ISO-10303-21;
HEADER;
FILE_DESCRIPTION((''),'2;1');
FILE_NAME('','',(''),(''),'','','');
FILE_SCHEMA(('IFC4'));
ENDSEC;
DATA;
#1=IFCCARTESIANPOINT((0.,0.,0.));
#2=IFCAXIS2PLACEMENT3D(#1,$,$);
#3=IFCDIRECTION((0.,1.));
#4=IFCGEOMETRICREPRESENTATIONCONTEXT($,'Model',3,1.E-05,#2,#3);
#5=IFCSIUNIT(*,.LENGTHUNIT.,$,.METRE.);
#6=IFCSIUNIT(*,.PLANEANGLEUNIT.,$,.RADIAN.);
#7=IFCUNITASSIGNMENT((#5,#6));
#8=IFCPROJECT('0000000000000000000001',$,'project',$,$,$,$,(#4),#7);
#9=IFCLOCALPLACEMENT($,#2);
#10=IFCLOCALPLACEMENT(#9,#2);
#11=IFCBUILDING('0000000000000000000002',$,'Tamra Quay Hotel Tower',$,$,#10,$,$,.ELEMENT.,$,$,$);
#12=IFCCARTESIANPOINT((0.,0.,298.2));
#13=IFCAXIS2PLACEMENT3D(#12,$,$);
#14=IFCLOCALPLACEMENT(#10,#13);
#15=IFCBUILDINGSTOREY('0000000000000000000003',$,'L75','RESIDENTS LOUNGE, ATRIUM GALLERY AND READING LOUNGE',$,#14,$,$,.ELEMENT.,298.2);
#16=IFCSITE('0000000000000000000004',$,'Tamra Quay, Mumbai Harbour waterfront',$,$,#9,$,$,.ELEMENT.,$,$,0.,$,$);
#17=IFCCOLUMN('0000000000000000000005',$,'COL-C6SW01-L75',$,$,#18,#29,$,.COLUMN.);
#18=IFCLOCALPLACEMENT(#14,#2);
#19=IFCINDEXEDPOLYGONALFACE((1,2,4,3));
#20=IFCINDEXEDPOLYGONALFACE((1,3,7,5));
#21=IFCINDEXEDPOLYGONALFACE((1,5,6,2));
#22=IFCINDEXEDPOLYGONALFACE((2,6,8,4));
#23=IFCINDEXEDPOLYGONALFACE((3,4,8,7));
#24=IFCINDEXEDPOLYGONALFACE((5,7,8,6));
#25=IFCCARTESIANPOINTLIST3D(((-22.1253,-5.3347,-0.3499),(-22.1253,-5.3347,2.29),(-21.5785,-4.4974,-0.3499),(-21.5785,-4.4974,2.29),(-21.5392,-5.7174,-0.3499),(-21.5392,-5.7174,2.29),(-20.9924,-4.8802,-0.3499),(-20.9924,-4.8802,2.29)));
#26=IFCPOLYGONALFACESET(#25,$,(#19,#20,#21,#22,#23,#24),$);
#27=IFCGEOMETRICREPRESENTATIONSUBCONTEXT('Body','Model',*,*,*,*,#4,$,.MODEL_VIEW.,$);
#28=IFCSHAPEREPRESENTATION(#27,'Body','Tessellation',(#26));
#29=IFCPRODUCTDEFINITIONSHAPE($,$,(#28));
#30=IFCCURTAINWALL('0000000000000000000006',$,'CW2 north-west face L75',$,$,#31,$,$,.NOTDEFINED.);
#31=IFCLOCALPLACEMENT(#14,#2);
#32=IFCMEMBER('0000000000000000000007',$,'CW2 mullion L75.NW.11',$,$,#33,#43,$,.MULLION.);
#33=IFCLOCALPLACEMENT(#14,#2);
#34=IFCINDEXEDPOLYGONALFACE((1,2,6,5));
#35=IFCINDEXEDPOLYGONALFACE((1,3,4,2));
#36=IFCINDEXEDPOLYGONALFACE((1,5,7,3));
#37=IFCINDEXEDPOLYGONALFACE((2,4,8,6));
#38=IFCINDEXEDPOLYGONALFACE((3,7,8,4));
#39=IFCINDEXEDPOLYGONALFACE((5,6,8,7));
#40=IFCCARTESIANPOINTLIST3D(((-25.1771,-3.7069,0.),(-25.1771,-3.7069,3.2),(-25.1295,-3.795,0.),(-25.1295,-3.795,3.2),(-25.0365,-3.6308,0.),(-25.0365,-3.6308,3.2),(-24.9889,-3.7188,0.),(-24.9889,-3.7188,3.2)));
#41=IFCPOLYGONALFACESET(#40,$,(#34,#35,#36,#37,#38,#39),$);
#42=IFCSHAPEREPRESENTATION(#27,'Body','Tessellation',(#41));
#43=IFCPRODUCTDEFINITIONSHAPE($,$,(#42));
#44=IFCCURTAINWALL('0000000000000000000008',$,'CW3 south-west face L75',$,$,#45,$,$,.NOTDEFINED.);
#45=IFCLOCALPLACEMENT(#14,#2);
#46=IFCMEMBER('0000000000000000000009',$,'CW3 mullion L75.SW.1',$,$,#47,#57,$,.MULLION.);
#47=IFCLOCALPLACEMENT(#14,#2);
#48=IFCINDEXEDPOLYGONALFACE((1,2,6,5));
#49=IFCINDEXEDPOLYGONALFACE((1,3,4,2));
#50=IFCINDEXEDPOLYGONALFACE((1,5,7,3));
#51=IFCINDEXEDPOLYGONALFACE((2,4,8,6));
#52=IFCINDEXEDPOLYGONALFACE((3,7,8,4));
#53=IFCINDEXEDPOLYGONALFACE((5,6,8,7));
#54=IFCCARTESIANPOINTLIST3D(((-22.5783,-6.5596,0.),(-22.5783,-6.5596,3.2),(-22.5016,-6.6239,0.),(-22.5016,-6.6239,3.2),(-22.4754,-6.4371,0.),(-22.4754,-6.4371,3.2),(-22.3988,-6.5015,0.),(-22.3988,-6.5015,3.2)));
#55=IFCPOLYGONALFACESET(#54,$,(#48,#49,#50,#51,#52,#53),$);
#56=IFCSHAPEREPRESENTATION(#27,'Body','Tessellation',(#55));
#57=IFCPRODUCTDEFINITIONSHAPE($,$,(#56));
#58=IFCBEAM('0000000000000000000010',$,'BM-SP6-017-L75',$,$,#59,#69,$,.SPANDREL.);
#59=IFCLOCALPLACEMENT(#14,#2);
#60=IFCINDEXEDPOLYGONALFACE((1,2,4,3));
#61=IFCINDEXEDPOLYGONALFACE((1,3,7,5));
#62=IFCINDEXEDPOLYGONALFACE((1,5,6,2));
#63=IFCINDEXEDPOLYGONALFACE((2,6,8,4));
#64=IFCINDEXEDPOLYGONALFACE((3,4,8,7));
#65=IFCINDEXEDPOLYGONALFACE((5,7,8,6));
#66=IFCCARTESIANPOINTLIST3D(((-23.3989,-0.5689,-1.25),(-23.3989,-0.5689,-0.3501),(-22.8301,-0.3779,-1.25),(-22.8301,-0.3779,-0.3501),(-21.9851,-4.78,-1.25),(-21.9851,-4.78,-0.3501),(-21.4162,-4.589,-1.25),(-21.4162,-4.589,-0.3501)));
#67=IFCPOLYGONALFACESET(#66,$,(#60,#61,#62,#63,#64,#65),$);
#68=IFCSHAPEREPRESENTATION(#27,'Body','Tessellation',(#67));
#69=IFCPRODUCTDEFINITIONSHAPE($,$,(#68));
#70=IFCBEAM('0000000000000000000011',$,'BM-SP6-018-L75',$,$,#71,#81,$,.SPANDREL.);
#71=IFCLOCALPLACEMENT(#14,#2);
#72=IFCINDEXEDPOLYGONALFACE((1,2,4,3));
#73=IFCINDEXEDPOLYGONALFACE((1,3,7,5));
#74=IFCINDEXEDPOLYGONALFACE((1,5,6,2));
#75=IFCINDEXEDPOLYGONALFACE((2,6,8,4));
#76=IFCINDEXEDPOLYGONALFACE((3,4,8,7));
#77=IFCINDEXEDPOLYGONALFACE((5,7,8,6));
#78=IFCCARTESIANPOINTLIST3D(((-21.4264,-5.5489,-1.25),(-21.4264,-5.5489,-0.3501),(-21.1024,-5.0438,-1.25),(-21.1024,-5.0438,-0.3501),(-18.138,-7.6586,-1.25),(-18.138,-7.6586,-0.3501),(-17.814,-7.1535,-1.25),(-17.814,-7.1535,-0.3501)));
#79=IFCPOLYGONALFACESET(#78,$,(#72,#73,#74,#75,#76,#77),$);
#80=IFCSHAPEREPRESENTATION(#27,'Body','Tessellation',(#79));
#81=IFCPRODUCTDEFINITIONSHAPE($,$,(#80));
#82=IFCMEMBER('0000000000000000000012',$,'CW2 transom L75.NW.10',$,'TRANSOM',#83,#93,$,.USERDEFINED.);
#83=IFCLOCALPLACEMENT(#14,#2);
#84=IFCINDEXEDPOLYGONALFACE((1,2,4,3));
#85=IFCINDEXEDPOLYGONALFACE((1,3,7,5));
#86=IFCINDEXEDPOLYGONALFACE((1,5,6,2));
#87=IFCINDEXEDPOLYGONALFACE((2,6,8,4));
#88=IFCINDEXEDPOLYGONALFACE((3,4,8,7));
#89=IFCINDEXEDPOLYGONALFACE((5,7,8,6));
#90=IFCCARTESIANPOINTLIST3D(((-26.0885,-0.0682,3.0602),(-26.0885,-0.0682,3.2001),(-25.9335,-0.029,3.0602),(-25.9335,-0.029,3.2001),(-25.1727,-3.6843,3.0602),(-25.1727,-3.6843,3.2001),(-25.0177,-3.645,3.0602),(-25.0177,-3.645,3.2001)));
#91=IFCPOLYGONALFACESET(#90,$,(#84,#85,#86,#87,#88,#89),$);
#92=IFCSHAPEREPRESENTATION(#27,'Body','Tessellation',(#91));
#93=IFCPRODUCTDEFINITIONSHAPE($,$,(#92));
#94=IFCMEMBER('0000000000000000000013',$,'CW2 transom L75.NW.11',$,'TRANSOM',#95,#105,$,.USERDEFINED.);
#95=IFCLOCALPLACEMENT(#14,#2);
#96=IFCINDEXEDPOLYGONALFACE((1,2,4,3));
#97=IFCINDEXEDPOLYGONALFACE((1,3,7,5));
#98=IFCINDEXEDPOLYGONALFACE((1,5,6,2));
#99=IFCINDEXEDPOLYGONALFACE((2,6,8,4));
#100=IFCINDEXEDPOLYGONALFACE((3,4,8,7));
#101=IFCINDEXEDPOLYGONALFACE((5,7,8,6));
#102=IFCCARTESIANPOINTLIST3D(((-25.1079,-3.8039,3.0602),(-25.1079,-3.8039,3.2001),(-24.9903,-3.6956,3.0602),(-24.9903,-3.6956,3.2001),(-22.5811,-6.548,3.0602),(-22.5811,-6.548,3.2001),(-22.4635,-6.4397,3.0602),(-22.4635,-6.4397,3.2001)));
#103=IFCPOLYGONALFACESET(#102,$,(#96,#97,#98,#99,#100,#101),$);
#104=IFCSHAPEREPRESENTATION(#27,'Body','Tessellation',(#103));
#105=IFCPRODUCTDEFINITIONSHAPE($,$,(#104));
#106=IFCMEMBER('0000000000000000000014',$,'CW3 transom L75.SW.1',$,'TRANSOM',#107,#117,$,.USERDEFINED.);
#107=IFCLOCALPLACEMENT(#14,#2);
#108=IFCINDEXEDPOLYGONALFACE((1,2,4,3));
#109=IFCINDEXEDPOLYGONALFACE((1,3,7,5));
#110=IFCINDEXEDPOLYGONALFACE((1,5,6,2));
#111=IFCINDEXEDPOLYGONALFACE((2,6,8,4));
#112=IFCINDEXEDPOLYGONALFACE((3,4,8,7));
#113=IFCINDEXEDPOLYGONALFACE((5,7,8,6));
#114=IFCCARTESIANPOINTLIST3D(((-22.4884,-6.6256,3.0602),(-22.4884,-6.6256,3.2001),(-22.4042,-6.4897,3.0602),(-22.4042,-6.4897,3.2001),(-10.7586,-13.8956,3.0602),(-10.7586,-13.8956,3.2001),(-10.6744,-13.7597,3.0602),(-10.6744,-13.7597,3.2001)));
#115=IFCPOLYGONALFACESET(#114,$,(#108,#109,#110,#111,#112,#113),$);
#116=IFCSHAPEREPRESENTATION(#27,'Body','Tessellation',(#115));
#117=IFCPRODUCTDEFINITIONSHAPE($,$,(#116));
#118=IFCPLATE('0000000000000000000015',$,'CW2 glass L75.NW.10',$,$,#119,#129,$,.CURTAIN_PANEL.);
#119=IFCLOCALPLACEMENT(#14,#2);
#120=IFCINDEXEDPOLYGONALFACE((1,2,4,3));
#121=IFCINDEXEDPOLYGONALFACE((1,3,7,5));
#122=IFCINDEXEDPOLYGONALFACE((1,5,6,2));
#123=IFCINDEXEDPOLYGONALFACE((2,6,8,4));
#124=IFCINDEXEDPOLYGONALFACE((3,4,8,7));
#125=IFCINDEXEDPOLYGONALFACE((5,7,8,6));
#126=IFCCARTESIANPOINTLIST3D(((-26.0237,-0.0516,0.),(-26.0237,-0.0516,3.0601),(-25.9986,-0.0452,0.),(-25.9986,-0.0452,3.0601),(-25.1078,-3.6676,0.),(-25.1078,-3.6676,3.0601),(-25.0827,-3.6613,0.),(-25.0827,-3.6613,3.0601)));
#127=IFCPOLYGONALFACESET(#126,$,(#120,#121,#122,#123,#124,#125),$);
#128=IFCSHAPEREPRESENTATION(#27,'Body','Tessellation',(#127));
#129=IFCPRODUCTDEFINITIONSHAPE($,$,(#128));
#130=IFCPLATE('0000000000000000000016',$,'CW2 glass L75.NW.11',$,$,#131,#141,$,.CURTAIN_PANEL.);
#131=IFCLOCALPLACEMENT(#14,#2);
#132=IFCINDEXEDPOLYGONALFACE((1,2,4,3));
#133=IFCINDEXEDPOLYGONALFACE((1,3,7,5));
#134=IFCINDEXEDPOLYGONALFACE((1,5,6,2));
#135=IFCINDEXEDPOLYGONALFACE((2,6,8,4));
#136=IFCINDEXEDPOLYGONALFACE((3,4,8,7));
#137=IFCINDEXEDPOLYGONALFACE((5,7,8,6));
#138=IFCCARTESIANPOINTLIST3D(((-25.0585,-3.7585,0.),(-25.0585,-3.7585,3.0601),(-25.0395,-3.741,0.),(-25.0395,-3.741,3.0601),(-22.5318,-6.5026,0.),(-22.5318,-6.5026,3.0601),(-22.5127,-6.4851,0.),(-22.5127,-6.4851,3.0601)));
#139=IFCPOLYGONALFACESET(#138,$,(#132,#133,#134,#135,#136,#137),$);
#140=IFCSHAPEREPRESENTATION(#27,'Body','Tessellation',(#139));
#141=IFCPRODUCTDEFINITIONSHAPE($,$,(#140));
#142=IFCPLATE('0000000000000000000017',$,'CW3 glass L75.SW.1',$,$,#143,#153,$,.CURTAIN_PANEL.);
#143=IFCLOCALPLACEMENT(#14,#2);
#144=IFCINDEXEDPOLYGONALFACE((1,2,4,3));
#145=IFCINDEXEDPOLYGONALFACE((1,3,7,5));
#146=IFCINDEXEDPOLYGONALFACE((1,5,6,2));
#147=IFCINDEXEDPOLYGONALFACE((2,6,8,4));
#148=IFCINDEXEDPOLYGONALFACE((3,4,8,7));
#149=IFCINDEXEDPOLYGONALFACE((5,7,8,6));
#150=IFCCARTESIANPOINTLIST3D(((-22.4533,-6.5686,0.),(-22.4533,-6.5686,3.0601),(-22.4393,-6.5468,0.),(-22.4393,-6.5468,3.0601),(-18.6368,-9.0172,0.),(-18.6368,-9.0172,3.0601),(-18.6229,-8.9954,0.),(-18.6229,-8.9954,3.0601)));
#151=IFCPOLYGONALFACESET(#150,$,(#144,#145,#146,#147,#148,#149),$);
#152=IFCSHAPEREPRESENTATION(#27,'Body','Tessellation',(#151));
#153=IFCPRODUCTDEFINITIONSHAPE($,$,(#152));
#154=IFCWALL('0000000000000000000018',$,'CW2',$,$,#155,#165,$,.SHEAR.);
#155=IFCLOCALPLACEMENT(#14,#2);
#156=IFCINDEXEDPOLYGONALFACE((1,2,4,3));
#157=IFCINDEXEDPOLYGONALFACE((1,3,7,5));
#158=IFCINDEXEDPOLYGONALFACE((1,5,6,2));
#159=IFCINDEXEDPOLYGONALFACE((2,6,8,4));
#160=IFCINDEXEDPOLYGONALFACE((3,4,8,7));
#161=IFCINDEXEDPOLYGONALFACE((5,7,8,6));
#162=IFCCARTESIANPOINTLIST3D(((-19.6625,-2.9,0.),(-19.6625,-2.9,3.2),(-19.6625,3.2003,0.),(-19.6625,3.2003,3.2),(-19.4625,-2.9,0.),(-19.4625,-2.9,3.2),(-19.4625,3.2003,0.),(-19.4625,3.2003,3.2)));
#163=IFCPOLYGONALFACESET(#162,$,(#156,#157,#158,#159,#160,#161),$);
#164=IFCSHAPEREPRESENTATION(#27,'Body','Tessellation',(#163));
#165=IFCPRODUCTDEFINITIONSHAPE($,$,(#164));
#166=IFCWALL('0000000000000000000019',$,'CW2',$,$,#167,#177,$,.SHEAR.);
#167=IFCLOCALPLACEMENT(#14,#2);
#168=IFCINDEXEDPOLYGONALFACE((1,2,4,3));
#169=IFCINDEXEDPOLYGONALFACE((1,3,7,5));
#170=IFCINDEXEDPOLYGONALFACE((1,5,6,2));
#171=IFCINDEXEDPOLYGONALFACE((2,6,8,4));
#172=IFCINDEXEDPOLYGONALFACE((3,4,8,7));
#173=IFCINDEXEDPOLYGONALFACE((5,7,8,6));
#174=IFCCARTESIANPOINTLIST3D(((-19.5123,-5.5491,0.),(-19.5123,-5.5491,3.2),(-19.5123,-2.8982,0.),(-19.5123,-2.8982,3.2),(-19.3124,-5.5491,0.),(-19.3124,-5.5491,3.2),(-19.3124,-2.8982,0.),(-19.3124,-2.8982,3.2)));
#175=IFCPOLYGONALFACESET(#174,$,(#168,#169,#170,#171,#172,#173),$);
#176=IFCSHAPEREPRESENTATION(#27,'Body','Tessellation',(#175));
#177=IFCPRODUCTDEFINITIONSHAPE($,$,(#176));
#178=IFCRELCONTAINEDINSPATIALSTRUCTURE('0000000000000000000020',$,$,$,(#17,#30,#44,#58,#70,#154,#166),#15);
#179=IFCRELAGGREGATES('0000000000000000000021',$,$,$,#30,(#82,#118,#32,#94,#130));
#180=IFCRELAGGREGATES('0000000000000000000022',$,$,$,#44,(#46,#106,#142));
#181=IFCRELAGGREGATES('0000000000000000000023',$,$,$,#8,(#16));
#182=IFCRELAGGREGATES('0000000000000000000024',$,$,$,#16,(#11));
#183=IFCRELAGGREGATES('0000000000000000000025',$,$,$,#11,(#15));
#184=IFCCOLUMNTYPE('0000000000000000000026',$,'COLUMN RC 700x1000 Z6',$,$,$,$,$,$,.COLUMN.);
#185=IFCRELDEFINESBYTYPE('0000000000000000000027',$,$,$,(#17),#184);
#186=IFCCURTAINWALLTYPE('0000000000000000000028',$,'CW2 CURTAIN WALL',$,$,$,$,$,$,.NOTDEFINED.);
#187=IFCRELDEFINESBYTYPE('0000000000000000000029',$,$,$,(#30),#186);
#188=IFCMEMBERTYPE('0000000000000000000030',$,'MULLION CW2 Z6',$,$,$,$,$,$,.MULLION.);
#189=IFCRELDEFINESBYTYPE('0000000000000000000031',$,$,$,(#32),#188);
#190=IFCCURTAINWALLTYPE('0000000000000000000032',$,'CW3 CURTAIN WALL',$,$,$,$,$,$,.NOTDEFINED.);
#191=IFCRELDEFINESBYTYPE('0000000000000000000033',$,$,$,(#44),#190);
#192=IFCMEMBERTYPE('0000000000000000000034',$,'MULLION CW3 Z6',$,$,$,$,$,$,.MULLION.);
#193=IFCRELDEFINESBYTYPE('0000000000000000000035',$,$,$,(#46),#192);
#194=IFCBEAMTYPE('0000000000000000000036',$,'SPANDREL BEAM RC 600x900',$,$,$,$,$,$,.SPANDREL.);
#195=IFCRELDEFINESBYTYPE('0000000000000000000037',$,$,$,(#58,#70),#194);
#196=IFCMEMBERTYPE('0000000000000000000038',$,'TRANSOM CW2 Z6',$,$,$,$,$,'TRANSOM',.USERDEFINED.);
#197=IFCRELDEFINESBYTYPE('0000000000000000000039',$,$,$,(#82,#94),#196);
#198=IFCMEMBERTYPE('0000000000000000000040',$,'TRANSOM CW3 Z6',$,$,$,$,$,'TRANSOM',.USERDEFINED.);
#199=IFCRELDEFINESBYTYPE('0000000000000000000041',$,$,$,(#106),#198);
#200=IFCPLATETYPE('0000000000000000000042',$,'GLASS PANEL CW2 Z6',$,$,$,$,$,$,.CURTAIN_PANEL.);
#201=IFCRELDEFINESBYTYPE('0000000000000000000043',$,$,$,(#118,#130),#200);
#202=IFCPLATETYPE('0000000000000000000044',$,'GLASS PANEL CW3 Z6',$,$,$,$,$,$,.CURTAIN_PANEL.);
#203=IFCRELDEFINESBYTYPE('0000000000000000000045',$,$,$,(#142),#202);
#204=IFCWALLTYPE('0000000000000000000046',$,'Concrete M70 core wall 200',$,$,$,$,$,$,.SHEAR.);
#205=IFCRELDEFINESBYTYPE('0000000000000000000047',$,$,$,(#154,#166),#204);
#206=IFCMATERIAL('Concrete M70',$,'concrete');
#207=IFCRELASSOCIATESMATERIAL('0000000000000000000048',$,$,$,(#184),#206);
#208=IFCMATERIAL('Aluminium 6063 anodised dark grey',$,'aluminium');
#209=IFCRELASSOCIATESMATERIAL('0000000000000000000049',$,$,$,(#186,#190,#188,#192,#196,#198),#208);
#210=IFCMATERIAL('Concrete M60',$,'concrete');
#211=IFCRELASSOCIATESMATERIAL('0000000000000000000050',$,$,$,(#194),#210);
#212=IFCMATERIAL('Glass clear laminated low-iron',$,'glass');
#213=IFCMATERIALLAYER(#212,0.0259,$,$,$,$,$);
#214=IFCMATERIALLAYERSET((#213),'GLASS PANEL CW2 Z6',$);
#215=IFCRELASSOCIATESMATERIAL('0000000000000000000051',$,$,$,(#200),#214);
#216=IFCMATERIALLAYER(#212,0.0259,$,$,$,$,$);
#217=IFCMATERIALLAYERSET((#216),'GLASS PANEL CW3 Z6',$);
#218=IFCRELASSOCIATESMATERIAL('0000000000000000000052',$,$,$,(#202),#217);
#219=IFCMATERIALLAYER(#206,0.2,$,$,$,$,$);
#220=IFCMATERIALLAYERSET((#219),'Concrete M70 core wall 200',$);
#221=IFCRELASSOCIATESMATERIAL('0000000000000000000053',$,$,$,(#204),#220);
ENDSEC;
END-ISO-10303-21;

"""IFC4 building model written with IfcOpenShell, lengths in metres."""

from ifc_helpers import new_model, si_unit, direction, frame, frame_2d, origin, origin_2d, place, context, subcontext, project, spatial, rectangle, extrude, material, layer, layer_set, material_profile, profile_set, type_object, element, aggregate, save


model = new_model("IFC4")

# Units and contexts
model_context = context("Model", 3, precision=1e-05, world=origin(), true_north=direction((0.0, 1.0)))
body_context = subcontext(model_context, "Body", "Model", "MODEL_VIEW")
ifc_project = project(units=[si_unit("LENGTHUNIT", "METRE"), si_unit("PLANEANGLEUNIT", "RADIAN")], contexts=[model_context])

# Site, building, storey
site_placement = place(None, origin())
site = spatial("IfcSite", under=ifc_project, at=site_placement, Name="Tamra Quay, Mumbai Harbour waterfront", CompositionType="ELEMENT", RefElevation=0.0)
building_placement = place(site_placement, origin())
building = spatial("IfcBuilding", under=site, at=building_placement, Name="Tamra Quay Hotel Tower", CompositionType="ELEMENT")
storey_placement = place(building_placement, frame((0.0, 0.0, 298.2)))
storey = spatial("IfcBuildingStorey", under=building, at=storey_placement, Name="L75", Description="RESIDENTS LOUNGE, ATRIUM GALLERY AND READING LOUNGE", CompositionType="ELEMENT", Elevation=298.2)

# Column
ifc_material_1 = material(Name="Concrete M70", Category="concrete")
ifc_material_profile_1 = material_profile(ifc_material_1, rectangle(XDim=1.0, YDim=0.7, at=origin_2d()), Name="COLUMN RC 700x1000 Z6")
ifc_profile_set_1 = profile_set([ifc_material_profile_1], Name="Concrete M70")
column_type = type_object("IfcColumnType", Name="COLUMN RC 700x1000 Z6", PredefinedType="COLUMN", material=ifc_profile_set_1)
column_placement = place(storey_placement, frame((-21.5588, -5.1074, -0.3499), z_axis=(0.0, 0.0, 1.0), x_axis=(0.546805, 0.83726, 0.0)))
element("IfcColumn", 1, at=column_placement, inside=storey, type_object=column_type, Name="COL-C6SW01-L75", PredefinedType="COLUMN", context=body_context, shape_type="SweptSolid", body=[
    extrude(rectangle(XDim=1.0, YDim=0.7, at=origin_2d()), origin(), (0.0, 0.0, 1.0), 2.6399),
])

# Curtain walls, members
ifc_material_2 = material(Name="Aluminium 6063 anodised dark grey", Category="aluminium")
curtain_wall_type_1 = type_object("IfcCurtainWallType", Name="CW2 CURTAIN WALL", PredefinedType="NOTDEFINED", material=ifc_material_2)
curtain_wall_1_placement = place(storey_placement, origin())
curtain_wall_1 = element("IfcCurtainWall", 2, at=curtain_wall_1_placement, inside=storey, type_object=curtain_wall_type_1, Name="CW2 north-west face L75", PredefinedType="NOTDEFINED")
ifc_material_profile_2 = material_profile(ifc_material_2, rectangle(XDim=0.1599, YDim=0.1001, at=origin_2d()), Name="MULLION 100X160")
ifc_profile_set_2 = profile_set([ifc_material_profile_2], Name="Aluminium 6063 anodised dark grey")
member_type_1 = type_object("IfcMemberType", Name="MULLION CW2 Z6", PredefinedType="MULLION", material=ifc_profile_set_2)
member_1_placement = place(storey_placement, frame((-25.083, -3.7129, 0.0), z_axis=(0.0, 0.0, 1.0), x_axis=(-0.879433, -0.476023, 0.0)))
member_1 = element("IfcMember", 3, at=member_1_placement, type_object=member_type_1, Name="CW2 mullion L75.NW.11", PredefinedType="MULLION", context=body_context, shape_type="SweptSolid", body=[
    extrude(rectangle(XDim=0.1599, YDim=0.1001, at=origin_2d()), origin(), (0.0, 0.0, 1.0), 3.2),
])
curtain_wall_type_2 = type_object("IfcCurtainWallType", Name="CW3 CURTAIN WALL", PredefinedType="NOTDEFINED", material=ifc_material_2)
curtain_wall_2_placement = place(storey_placement, origin())
curtain_wall_2 = element("IfcCurtainWall", 4, at=curtain_wall_2_placement, inside=storey, type_object=curtain_wall_type_2, Name="CW3 south-west face L75", PredefinedType="NOTDEFINED")
ifc_material_profile_3 = material_profile(ifc_material_2, rectangle(XDim=0.1599, YDim=0.1001, at=origin_2d()), Name="MULLION 100X160")
ifc_profile_set_3 = profile_set([ifc_material_profile_3], Name="Aluminium 6063 anodised dark grey")
member_type_2 = type_object("IfcMemberType", Name="MULLION CW3 Z6", PredefinedType="MULLION", material=ifc_profile_set_3)
member_2_placement = place(storey_placement, frame((-22.4885, -6.5305, 0.0), z_axis=(0.0, 0.0, 1.0), x_axis=(-0.643086, -0.765794, 0.0)))
member_2 = element("IfcMember", 5, at=member_2_placement, type_object=member_type_2, Name="CW3 mullion L75.SW.1", PredefinedType="MULLION", context=body_context, shape_type="SweptSolid", body=[
    extrude(rectangle(XDim=0.1599, YDim=0.1001, at=origin_2d()), origin(), (0.0, 0.0, 1.0), 3.2),
])

# Beams
ifc_material_3 = material(Name="Concrete M60", Category="concrete")
ifc_material_profile_4 = material_profile(ifc_material_3, rectangle(XDim=0.6001, YDim=0.8999, at=origin_2d()), Name="SPANDREL BEAM RC 600x900")
ifc_profile_set_4 = profile_set([ifc_material_profile_4], Name="Concrete M60")
beam_type = type_object("IfcBeamType", Name="SPANDREL BEAM RC 600x900", PredefinedType="SPANDREL", material=ifc_profile_set_4)
beam_1_placement = place(storey_placement, frame((-23.1145, -0.4734, -0.8), z_axis=(0.318272, -0.948, 0.0), x_axis=(0.948, 0.318272, 0.0)))
element("IfcBeam", 6, at=beam_1_placement, inside=storey, type_object=beam_type, Name="BM-SP6-017-L75", PredefinedType="SPANDREL", context=body_context, shape_type="SweptSolid", body=[
    extrude(rectangle(XDim=0.6001, YDim=0.8999, at=origin_2d()), origin(), (0.0, 0.0, 1.0), 4.4421),
])
beam_2_placement = place(storey_placement, frame((-21.2644, -5.2964, -0.8), z_axis=(0.84168, -0.539977, 0.0), x_axis=(0.539977, 0.84168, 0.0)))
element("IfcBeam", 7, at=beam_2_placement, inside=storey, type_object=beam_type, Name="BM-SP6-018-L75", PredefinedType="SPANDREL", context=body_context, shape_type="SweptSolid", body=[
    extrude(rectangle(XDim=0.6001, YDim=0.8999, at=origin_2d()), origin(), (0.0, 0.0, 1.0), 3.907),
])

# Members
ifc_material_profile_5 = material_profile(ifc_material_2, rectangle(XDim=0.1599, YDim=0.1399, at=origin_2d()), Name="TRANSOM 160X140")
ifc_profile_set_5 = profile_set([ifc_material_profile_5], Name="Aluminium 6063 anodised dark grey")
member_type_3 = type_object("IfcMemberType", Name="TRANSOM CW2 Z6", ElementType="TRANSOM", PredefinedType="USERDEFINED", material=ifc_profile_set_5)
member_3_placement = place(storey_placement, frame((-26.011, -0.0486, 3.1301), z_axis=(0.245507, -0.969395, 0.0), x_axis=(0.969395, 0.245507, 0.0)))
member_3 = element("IfcMember", 8, at=member_3_placement, type_object=member_type_3, Name="CW2 transom L75.NW.10", ObjectType="TRANSOM", PredefinedType="USERDEFINED", context=body_context, shape_type="SweptSolid", body=[
    extrude(rectangle(XDim=0.1599, YDim=0.1399, at=origin_2d()), origin(), (0.0, 0.0, 1.0), 3.7302),
])
member_4_placement = place(storey_placement, frame((-25.0491, -3.7498, 3.1301), z_axis=(0.677383, -0.735631, 0.0), x_axis=(0.735631, 0.677383, 0.0)))
member_4 = element("IfcMember", 9, at=member_4_placement, type_object=member_type_3, Name="CW2 transom L75.NW.11", ObjectType="TRANSOM", PredefinedType="USERDEFINED", context=body_context, shape_type="SweptSolid", body=[
    extrude(rectangle(XDim=0.1599, YDim=0.1399, at=origin_2d()), origin(), (0.0, 0.0, 1.0), 3.7302),
])
ifc_material_profile_6 = material_profile(ifc_material_2, rectangle(XDim=0.1599, YDim=0.1399, at=origin_2d()), Name="TRANSOM 160X140")
ifc_profile_set_6 = profile_set([ifc_material_profile_6], Name="Aluminium 6063 anodised dark grey")
member_type_4 = type_object("IfcMemberType", Name="TRANSOM CW3 Z6", ElementType="TRANSOM", PredefinedType="USERDEFINED", material=ifc_profile_set_6)
member_5_placement = place(storey_placement, frame((-22.4463, -6.5576, 3.1301), z_axis=(0.849981, -0.526813, 0.0), x_axis=(0.526813, 0.849981, 0.0)))
member_5 = element("IfcMember", 10, at=member_5_placement, type_object=member_type_4, Name="CW3 transom L75.SW.1", ObjectType="TRANSOM", PredefinedType="USERDEFINED", context=body_context, shape_type="SweptSolid", body=[
    extrude(rectangle(XDim=0.1599, YDim=0.1399, at=origin_2d()), origin(), (0.0, 0.0, 1.0), 13.8),
])

# Plates
ifc_material_4 = material(Name="Glass clear laminated low-iron", Category="glass")
ifc_layer_1 = layer(ifc_material_4, 0.0259)
ifc_layer_set_1 = layer_set([ifc_layer_1], Name="GLASS PANEL CW2 Z6")
plate_type_1 = type_object("IfcPlateType", Name="GLASS PANEL CW2 Z6", PredefinedType="CURTAIN_PANEL", material=ifc_layer_set_1)
plate_1_placement = place(storey_placement, frame((-25.5532, -1.8564, 0.0), z_axis=(0.0, 0.0, 1.0), x_axis=(0.245527, -0.96939, 0.0)))
plate_1 = element("IfcPlate", 11, at=plate_1_placement, type_object=plate_type_1, Name="CW2 glass L75.NW.10", PredefinedType="CURTAIN_PANEL", context=body_context, shape_type="SweptSolid", body=[
    extrude(rectangle(XDim=3.7302, YDim=0.0259, at=origin_2d()), origin(), (0.0, 0.0, 1.0), 3.0601),
])
plate_2_placement = place(storey_placement, frame((-23.7856, -5.1218, 0.0), z_axis=(0.0, 0.0, 1.0), x_axis=(0.677376, -0.735637, 0.0)))
plate_2 = element("IfcPlate", 12, at=plate_2_placement, type_object=plate_type_1, Name="CW2 glass L75.NW.11", PredefinedType="CURTAIN_PANEL", context=body_context, shape_type="SweptSolid", body=[
    extrude(rectangle(XDim=3.7302, YDim=0.0259, at=origin_2d()), origin(), (0.0, 0.0, 1.0), 3.0601),
])
aggregate(curtain_wall_1, [member_3, plate_1, member_1, member_4, plate_2])
ifc_layer_2 = layer(ifc_material_4, 0.0259)
ifc_layer_set_2 = layer_set([ifc_layer_2], Name="GLASS PANEL CW3 Z6")
plate_type_2 = type_object("IfcPlateType", Name="GLASS PANEL CW3 Z6", PredefinedType="CURTAIN_PANEL", material=ifc_layer_set_2)
plate_3_placement = place(storey_placement, frame((-20.5381, -7.782, 0.0), z_axis=(0.0, 0.0, 1.0), x_axis=(0.841665, -0.54, 0.0)))
plate_3 = element("IfcPlate", 13, at=plate_3_placement, type_object=plate_type_2, Name="CW3 glass L75.SW.1", PredefinedType="CURTAIN_PANEL", context=body_context, shape_type="SweptSolid", body=[
    extrude(rectangle(XDim=4.5344, YDim=0.0259, at=origin_2d()), origin(), (0.0, 0.0, 1.0), 3.0601),
])
aggregate(curtain_wall_2, [member_2, member_5, plate_3])

# Walls
ifc_layer_3 = layer(ifc_material_1, 0.2)
ifc_layer_set_3 = layer_set([ifc_layer_3], Name="Concrete M70 core wall 200")
wall_type_1 = type_object("IfcWallType", Name="Concrete M70 core wall 200", PredefinedType="SHEAR", material=ifc_layer_set_3)
wall_1_placement = place(storey_placement, frame((-19.5625, -2.9001, 0.0), z_axis=(0.0, 0.0, 1.0), x_axis=(0.0, 1.0, 0.0)))
element("IfcWall", 14, at=wall_1_placement, inside=storey, type_object=wall_type_1, Name="CW2", PredefinedType="SHEAR", context=body_context, shape_type="SweptSolid", body=[
    extrude(rectangle(XDim=6.1003, YDim=0.2, at=frame_2d((3.0503, 0.0))), origin(), (0.0, 0.0, 1.0), 3.2),
])
wall_2_placement = place(storey_placement, frame((-19.4124, -5.5491, 0.0), z_axis=(0.0, 0.0, 1.0), x_axis=(0.0, 1.0, 0.0)))
element("IfcWall", 15, at=wall_2_placement, inside=storey, type_object=wall_type_1, Name="CW2", PredefinedType="SHEAR", context=body_context, shape_type="SweptSolid", body=[
    extrude(rectangle(XDim=2.6509, YDim=0.2, at=frame_2d((1.3254, 0.0))), origin(), (0.0, 0.0, 1.0), 3.2),
])

save(model, "model.ifc")
